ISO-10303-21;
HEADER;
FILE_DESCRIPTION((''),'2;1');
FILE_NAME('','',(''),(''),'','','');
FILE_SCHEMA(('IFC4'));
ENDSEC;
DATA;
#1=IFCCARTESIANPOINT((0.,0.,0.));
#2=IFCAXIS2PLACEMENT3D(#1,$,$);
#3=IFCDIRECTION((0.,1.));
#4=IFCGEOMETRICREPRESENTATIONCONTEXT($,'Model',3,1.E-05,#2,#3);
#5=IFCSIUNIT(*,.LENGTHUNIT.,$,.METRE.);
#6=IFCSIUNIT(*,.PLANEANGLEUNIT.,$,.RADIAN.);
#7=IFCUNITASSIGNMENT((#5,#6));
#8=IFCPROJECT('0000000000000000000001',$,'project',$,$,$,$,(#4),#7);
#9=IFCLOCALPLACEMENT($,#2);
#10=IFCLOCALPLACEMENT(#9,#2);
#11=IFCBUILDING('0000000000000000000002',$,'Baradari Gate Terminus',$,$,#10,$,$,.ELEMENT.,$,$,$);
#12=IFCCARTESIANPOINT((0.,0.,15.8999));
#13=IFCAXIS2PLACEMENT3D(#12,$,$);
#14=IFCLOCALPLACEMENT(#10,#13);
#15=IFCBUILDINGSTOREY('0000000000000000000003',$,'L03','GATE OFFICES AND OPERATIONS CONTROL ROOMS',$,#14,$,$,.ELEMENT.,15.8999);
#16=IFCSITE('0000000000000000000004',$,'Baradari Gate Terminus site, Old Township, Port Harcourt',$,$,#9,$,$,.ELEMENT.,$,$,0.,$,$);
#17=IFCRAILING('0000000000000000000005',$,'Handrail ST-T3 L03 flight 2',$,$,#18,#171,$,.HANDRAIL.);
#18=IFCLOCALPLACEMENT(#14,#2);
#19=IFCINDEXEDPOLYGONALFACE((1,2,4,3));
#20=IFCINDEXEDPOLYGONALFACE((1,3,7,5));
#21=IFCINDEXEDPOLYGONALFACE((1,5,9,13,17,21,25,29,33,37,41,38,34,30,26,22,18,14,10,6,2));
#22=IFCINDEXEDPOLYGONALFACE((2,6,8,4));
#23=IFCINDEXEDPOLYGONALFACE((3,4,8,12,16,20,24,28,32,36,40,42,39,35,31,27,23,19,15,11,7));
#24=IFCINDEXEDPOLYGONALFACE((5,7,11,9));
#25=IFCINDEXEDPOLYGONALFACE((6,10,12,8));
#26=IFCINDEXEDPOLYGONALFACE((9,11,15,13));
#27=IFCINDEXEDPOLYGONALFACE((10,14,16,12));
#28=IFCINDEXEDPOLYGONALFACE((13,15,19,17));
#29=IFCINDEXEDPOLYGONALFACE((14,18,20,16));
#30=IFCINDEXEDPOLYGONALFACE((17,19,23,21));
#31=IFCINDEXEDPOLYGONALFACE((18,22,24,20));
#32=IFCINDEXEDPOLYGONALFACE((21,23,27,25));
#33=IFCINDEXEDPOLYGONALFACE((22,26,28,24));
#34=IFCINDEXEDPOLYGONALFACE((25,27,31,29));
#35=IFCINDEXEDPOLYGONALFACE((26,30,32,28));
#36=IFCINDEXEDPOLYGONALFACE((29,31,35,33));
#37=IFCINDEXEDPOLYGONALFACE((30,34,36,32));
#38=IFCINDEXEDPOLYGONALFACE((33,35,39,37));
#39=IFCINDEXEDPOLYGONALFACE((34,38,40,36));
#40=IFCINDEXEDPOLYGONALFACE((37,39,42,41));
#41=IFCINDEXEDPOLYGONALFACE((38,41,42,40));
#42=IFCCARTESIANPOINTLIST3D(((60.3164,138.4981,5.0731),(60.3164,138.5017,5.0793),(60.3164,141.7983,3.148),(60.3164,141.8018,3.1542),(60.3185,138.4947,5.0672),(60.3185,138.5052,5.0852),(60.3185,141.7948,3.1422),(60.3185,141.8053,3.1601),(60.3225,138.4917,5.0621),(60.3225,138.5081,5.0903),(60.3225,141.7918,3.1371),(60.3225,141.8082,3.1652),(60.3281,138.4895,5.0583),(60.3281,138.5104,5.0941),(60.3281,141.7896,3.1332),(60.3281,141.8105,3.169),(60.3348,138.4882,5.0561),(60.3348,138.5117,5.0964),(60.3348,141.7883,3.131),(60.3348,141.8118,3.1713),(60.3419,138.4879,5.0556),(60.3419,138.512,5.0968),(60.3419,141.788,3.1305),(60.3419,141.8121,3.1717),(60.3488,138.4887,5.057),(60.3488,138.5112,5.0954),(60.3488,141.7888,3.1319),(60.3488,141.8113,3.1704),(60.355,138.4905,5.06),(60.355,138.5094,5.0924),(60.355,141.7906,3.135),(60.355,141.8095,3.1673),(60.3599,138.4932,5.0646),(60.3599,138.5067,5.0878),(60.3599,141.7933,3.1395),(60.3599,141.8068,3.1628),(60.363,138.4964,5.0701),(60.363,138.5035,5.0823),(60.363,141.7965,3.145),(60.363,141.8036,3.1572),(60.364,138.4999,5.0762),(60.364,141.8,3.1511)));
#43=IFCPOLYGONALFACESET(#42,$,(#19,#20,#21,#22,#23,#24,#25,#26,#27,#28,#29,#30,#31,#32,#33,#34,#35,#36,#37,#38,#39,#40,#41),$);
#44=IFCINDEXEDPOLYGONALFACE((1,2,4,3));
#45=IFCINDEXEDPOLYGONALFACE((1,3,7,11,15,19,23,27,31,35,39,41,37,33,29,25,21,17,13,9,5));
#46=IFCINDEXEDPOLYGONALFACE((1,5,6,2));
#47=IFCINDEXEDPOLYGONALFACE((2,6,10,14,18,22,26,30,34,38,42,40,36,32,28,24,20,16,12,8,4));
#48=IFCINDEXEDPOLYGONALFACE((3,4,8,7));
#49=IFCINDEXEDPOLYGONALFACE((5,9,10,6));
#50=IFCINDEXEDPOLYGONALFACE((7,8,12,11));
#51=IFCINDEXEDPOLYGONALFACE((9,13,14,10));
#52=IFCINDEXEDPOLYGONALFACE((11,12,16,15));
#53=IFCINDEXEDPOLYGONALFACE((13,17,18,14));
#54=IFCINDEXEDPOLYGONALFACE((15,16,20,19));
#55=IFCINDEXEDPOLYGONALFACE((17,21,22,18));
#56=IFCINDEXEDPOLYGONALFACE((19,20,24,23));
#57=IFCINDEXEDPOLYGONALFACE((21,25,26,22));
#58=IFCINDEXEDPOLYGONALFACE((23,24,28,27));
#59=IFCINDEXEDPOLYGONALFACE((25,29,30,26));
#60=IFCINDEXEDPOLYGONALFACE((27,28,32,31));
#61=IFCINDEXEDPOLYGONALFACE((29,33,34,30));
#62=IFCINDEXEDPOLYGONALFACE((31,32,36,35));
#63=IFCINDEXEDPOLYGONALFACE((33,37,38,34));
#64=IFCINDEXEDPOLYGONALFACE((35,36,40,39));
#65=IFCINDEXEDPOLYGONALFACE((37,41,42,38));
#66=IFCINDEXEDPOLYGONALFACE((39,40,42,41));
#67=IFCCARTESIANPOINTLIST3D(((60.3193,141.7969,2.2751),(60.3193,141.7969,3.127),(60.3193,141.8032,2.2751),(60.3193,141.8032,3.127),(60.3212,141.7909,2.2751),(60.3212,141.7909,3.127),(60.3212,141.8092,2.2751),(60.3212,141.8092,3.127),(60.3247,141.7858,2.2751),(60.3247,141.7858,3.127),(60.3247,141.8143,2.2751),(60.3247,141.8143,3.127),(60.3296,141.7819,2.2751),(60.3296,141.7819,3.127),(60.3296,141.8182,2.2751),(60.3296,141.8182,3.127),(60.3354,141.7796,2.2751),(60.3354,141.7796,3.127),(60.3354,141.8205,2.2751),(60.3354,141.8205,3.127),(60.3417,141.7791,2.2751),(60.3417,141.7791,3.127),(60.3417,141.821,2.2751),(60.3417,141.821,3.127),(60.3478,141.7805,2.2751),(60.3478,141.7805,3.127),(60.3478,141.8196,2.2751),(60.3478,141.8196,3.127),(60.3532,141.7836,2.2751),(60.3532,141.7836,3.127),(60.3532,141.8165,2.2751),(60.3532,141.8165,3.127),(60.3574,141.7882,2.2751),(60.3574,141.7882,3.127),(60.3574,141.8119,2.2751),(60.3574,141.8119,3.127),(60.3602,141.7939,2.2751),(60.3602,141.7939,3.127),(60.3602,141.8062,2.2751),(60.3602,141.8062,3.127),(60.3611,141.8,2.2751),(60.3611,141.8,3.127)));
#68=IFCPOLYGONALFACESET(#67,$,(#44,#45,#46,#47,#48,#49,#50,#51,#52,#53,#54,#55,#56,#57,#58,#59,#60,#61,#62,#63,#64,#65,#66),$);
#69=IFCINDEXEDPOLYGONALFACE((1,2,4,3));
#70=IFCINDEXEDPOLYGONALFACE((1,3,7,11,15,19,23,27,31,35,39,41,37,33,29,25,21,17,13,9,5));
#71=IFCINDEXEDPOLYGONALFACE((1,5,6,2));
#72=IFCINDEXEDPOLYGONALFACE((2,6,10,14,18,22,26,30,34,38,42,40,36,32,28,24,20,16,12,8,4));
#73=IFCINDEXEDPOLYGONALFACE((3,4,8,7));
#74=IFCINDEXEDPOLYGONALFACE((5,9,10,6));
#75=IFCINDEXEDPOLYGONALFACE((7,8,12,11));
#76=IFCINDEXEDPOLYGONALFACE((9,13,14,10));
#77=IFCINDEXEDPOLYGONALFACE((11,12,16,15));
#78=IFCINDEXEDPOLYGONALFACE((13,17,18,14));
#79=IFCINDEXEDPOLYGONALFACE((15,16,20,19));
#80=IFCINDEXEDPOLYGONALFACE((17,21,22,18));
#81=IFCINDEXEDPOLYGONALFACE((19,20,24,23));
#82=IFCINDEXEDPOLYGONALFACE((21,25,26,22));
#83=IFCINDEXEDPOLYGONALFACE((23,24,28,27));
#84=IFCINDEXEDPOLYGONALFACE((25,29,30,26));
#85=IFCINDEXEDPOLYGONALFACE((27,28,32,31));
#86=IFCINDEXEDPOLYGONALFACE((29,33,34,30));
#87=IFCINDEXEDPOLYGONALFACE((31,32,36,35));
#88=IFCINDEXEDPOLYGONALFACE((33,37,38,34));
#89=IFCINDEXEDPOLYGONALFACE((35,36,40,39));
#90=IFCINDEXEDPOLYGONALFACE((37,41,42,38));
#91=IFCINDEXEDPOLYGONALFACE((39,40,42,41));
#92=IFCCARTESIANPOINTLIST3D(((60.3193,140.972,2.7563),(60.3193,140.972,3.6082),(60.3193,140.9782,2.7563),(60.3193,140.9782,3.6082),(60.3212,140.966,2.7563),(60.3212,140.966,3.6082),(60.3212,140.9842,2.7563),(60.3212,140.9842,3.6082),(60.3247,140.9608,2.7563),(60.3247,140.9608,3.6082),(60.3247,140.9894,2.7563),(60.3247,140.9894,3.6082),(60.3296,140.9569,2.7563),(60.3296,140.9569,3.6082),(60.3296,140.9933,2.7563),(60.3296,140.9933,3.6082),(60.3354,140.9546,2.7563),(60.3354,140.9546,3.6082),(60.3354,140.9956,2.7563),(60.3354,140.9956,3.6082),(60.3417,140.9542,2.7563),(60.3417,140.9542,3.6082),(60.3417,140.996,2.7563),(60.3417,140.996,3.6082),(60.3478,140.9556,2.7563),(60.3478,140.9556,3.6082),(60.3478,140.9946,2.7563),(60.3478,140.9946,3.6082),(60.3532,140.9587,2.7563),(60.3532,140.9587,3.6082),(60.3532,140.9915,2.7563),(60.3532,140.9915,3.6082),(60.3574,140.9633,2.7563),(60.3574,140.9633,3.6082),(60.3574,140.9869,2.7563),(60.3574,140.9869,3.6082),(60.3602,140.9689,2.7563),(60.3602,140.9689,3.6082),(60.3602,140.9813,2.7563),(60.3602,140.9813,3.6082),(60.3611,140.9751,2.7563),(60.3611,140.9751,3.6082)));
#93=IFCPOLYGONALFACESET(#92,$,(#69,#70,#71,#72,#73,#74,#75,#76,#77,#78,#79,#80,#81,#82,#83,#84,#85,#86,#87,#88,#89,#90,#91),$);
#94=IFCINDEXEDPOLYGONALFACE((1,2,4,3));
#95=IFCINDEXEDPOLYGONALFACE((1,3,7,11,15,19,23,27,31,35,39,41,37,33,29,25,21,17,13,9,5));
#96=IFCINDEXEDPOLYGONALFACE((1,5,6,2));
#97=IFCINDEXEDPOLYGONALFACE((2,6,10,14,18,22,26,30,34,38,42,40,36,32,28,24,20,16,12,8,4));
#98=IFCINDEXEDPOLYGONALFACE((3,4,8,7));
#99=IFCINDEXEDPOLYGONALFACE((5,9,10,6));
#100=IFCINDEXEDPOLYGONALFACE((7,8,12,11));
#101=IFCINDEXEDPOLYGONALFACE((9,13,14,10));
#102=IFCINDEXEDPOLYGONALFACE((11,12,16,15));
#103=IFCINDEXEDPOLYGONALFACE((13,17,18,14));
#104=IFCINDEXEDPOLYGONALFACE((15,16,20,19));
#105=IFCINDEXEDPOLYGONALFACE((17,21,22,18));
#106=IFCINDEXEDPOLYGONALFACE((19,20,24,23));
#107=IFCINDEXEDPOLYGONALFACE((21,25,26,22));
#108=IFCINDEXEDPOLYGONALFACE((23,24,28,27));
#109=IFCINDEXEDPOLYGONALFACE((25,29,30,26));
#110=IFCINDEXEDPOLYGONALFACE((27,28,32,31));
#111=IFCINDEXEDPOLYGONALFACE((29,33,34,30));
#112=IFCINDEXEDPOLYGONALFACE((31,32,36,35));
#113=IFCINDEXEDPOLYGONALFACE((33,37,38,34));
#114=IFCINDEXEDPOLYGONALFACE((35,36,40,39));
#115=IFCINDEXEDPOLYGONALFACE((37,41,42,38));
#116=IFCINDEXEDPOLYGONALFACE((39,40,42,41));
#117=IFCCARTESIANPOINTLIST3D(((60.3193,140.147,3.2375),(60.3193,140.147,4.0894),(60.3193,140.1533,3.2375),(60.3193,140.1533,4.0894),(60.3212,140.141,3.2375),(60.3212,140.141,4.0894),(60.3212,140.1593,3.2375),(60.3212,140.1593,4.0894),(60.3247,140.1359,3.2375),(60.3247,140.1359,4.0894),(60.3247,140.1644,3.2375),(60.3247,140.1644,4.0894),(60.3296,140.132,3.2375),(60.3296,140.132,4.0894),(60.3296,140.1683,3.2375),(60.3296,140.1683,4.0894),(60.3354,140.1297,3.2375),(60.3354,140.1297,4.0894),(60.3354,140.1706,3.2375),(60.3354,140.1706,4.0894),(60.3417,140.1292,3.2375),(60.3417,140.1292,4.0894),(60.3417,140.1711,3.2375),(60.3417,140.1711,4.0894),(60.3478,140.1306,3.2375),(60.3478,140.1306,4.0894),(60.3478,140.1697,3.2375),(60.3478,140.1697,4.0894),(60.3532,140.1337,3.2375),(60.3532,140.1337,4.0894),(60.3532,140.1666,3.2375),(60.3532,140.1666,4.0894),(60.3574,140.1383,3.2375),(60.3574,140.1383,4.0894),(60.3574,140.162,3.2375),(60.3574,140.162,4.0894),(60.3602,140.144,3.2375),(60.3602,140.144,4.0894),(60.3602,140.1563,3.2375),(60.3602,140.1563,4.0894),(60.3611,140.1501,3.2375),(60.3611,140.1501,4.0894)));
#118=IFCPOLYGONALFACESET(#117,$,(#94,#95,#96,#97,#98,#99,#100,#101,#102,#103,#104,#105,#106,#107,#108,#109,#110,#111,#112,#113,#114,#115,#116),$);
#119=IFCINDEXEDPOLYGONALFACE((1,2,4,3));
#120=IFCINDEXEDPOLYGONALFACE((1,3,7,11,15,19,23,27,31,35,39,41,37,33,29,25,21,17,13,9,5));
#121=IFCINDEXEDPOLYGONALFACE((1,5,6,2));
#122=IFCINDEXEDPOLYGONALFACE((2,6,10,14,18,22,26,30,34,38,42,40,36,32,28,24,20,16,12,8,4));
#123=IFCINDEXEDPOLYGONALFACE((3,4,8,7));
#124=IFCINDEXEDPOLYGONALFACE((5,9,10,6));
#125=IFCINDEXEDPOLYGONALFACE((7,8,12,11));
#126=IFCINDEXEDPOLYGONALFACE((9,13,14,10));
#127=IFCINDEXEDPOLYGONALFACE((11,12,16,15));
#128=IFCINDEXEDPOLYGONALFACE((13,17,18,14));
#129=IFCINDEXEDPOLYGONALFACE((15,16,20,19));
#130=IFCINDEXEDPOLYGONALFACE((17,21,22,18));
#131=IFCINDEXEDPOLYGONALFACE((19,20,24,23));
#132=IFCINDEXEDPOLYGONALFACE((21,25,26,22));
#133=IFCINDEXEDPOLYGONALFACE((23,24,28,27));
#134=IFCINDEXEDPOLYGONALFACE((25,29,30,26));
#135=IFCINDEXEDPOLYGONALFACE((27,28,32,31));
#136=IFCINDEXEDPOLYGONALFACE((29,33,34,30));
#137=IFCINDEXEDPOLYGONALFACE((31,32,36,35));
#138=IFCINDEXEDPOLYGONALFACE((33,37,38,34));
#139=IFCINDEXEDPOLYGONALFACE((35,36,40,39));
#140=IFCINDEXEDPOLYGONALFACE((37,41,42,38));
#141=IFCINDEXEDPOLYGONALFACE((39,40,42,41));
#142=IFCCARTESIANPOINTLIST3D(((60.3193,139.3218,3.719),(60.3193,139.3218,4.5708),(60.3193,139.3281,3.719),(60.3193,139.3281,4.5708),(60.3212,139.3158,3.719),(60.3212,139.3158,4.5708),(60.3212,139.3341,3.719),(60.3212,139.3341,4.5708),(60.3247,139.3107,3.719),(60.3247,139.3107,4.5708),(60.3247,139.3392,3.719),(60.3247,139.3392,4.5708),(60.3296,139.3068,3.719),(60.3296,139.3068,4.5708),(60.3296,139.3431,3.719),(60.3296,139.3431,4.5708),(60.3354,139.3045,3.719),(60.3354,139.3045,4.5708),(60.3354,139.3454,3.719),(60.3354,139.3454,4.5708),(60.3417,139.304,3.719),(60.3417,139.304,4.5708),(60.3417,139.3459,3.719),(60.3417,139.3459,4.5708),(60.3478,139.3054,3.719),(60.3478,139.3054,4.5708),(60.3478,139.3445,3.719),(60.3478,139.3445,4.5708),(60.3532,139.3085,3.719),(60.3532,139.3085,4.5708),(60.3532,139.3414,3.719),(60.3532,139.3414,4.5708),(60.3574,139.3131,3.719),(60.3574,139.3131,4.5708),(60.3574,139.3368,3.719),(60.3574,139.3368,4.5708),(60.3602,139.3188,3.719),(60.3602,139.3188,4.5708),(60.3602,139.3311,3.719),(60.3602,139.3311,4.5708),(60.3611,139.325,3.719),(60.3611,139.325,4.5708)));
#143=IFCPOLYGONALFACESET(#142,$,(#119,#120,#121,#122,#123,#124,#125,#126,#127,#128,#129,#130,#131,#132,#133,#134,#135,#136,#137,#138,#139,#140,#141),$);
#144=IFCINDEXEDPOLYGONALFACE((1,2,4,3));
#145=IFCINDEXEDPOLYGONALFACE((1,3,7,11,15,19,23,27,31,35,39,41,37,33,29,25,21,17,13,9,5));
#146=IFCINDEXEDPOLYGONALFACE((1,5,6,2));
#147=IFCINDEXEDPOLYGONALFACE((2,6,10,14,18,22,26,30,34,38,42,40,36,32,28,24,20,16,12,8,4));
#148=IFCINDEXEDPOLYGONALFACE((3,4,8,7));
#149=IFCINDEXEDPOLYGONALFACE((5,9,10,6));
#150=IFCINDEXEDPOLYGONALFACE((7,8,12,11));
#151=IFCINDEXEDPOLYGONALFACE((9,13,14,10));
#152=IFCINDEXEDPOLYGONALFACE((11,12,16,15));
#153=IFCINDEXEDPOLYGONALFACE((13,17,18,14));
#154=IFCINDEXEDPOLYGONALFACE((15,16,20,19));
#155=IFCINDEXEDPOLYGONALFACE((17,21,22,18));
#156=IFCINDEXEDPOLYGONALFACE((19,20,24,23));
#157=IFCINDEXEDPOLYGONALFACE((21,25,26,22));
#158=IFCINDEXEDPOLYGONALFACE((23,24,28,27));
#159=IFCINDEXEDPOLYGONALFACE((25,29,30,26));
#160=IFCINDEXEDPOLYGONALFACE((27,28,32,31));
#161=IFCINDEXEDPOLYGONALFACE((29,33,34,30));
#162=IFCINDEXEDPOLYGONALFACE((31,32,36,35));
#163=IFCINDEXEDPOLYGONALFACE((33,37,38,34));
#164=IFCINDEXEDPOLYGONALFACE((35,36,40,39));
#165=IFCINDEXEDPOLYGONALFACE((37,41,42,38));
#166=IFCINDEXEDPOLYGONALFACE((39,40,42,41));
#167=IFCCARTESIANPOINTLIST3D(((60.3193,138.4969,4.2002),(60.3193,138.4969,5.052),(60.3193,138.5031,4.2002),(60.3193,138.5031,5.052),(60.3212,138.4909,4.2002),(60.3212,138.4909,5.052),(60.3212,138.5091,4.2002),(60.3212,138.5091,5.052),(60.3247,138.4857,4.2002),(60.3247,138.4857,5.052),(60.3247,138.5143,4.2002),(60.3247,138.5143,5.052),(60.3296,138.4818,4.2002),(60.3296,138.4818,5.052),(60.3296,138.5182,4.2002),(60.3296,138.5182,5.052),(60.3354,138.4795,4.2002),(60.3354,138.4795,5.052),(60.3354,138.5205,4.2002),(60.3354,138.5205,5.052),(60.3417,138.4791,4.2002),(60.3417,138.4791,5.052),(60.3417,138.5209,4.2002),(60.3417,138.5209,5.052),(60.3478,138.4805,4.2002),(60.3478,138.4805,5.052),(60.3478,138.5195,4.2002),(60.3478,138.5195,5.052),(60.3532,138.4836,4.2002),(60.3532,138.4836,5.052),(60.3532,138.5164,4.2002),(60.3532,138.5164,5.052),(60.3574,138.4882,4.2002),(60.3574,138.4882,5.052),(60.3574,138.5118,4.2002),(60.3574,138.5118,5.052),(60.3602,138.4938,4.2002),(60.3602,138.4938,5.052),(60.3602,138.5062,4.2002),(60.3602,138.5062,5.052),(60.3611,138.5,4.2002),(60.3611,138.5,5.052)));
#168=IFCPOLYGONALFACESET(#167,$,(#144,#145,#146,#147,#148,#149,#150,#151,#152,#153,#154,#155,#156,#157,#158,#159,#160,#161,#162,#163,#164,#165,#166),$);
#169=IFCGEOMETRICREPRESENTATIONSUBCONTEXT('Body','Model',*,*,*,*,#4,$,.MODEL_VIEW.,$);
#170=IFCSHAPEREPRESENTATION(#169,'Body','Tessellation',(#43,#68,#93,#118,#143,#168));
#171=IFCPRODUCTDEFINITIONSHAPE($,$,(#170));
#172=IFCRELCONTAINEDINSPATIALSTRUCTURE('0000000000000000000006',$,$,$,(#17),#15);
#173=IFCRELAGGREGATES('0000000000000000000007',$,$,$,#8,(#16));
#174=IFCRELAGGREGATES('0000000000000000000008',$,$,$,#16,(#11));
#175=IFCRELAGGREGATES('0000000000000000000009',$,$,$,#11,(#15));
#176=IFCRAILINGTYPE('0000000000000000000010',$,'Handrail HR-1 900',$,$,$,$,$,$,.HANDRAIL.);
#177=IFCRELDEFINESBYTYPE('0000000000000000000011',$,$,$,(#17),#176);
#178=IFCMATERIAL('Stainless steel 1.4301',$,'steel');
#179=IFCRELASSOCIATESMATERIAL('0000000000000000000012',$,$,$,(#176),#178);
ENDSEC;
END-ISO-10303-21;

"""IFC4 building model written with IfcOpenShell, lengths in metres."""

from ifc_helpers import new_model, si_unit, direction, frame, origin, origin_2d, place, context, subcontext, project, spatial, circle, extrude, material, type_object, element, save


model = new_model("IFC4")

# Units and contexts
model_context = context("Model", 3, precision=1e-05, world=origin(), true_north=direction((0.0, 1.0)))
body_context = subcontext(model_context, "Body", "Model", "MODEL_VIEW")
ifc_project = project(units=[si_unit("LENGTHUNIT", "METRE"), si_unit("PLANEANGLEUNIT", "RADIAN")], contexts=[model_context])

# Site, building, storey
site_placement = place(None, origin())
site = spatial("IfcSite", under=ifc_project, at=site_placement, Name="Baradari Gate Terminus site, Old Township, Port Harcourt", CompositionType="ELEMENT", RefElevation=0.0)
building_placement = place(site_placement, origin())
building = spatial("IfcBuilding", under=site, at=building_placement, Name="Baradari Gate Terminus", CompositionType="ELEMENT")
storey_placement = place(building_placement, frame((0.0, 0.0, 15.8999)))
storey = spatial("IfcBuildingStorey", under=building, at=storey_placement, Name="L03", Description="GATE OFFICES AND OPERATIONS CONTROL ROOMS", CompositionType="ELEMENT", Elevation=15.8999)

# Railing
ifc_material_1 = material(Name="Stainless steel 1.4301", Category="steel")
railing_type = type_object("IfcRailingType", Name="Handrail HR-1 900", PredefinedType="HANDRAIL", material=ifc_material_1)
for number, where, name in (
    (1, (60.3401, 141.8, 2.2751), "Handrail ST-T3 L03 flight 2"),
):
    element("IfcRailing", number, at=place(storey_placement, frame(where)), inside=storey, type_object=railing_type, Name=name, PredefinedType="HANDRAIL", context=body_context, shape_type="SweptSolid", body=[
        extrude(circle(Radius=0.0239, at=origin_2d()), frame((0.0, 0.0, 0.876), z_axis=(0.0, -0.863777, 0.503875), x_axis=(1.0, 0.0, 0.0)), (0.0, 0.0, 1.0), 3.8206),
        extrude(circle(Radius=0.021, at=origin_2d()), origin(), (0.0, 0.0, 1.0), 0.8518),
        extrude(circle(Radius=0.021, at=origin_2d()), frame((0.0, -0.825, 0.4812)), (0.0, 0.0, 1.0), 0.8518),
        extrude(circle(Radius=0.021, at=origin_2d()), frame((0.0, -1.6499, 0.9624)), (0.0, 0.0, 1.0), 0.8518),
        extrude(circle(Radius=0.021, at=origin_2d()), frame((0.0, -2.4751, 1.4438)), (0.0, 0.0, 1.0), 0.8518),
        extrude(circle(Radius=0.021, at=origin_2d()), frame((0.0, -3.3, 1.925)), (0.0, 0.0, 1.0), 0.8518),
    ])

save(model, "model.ifc")
